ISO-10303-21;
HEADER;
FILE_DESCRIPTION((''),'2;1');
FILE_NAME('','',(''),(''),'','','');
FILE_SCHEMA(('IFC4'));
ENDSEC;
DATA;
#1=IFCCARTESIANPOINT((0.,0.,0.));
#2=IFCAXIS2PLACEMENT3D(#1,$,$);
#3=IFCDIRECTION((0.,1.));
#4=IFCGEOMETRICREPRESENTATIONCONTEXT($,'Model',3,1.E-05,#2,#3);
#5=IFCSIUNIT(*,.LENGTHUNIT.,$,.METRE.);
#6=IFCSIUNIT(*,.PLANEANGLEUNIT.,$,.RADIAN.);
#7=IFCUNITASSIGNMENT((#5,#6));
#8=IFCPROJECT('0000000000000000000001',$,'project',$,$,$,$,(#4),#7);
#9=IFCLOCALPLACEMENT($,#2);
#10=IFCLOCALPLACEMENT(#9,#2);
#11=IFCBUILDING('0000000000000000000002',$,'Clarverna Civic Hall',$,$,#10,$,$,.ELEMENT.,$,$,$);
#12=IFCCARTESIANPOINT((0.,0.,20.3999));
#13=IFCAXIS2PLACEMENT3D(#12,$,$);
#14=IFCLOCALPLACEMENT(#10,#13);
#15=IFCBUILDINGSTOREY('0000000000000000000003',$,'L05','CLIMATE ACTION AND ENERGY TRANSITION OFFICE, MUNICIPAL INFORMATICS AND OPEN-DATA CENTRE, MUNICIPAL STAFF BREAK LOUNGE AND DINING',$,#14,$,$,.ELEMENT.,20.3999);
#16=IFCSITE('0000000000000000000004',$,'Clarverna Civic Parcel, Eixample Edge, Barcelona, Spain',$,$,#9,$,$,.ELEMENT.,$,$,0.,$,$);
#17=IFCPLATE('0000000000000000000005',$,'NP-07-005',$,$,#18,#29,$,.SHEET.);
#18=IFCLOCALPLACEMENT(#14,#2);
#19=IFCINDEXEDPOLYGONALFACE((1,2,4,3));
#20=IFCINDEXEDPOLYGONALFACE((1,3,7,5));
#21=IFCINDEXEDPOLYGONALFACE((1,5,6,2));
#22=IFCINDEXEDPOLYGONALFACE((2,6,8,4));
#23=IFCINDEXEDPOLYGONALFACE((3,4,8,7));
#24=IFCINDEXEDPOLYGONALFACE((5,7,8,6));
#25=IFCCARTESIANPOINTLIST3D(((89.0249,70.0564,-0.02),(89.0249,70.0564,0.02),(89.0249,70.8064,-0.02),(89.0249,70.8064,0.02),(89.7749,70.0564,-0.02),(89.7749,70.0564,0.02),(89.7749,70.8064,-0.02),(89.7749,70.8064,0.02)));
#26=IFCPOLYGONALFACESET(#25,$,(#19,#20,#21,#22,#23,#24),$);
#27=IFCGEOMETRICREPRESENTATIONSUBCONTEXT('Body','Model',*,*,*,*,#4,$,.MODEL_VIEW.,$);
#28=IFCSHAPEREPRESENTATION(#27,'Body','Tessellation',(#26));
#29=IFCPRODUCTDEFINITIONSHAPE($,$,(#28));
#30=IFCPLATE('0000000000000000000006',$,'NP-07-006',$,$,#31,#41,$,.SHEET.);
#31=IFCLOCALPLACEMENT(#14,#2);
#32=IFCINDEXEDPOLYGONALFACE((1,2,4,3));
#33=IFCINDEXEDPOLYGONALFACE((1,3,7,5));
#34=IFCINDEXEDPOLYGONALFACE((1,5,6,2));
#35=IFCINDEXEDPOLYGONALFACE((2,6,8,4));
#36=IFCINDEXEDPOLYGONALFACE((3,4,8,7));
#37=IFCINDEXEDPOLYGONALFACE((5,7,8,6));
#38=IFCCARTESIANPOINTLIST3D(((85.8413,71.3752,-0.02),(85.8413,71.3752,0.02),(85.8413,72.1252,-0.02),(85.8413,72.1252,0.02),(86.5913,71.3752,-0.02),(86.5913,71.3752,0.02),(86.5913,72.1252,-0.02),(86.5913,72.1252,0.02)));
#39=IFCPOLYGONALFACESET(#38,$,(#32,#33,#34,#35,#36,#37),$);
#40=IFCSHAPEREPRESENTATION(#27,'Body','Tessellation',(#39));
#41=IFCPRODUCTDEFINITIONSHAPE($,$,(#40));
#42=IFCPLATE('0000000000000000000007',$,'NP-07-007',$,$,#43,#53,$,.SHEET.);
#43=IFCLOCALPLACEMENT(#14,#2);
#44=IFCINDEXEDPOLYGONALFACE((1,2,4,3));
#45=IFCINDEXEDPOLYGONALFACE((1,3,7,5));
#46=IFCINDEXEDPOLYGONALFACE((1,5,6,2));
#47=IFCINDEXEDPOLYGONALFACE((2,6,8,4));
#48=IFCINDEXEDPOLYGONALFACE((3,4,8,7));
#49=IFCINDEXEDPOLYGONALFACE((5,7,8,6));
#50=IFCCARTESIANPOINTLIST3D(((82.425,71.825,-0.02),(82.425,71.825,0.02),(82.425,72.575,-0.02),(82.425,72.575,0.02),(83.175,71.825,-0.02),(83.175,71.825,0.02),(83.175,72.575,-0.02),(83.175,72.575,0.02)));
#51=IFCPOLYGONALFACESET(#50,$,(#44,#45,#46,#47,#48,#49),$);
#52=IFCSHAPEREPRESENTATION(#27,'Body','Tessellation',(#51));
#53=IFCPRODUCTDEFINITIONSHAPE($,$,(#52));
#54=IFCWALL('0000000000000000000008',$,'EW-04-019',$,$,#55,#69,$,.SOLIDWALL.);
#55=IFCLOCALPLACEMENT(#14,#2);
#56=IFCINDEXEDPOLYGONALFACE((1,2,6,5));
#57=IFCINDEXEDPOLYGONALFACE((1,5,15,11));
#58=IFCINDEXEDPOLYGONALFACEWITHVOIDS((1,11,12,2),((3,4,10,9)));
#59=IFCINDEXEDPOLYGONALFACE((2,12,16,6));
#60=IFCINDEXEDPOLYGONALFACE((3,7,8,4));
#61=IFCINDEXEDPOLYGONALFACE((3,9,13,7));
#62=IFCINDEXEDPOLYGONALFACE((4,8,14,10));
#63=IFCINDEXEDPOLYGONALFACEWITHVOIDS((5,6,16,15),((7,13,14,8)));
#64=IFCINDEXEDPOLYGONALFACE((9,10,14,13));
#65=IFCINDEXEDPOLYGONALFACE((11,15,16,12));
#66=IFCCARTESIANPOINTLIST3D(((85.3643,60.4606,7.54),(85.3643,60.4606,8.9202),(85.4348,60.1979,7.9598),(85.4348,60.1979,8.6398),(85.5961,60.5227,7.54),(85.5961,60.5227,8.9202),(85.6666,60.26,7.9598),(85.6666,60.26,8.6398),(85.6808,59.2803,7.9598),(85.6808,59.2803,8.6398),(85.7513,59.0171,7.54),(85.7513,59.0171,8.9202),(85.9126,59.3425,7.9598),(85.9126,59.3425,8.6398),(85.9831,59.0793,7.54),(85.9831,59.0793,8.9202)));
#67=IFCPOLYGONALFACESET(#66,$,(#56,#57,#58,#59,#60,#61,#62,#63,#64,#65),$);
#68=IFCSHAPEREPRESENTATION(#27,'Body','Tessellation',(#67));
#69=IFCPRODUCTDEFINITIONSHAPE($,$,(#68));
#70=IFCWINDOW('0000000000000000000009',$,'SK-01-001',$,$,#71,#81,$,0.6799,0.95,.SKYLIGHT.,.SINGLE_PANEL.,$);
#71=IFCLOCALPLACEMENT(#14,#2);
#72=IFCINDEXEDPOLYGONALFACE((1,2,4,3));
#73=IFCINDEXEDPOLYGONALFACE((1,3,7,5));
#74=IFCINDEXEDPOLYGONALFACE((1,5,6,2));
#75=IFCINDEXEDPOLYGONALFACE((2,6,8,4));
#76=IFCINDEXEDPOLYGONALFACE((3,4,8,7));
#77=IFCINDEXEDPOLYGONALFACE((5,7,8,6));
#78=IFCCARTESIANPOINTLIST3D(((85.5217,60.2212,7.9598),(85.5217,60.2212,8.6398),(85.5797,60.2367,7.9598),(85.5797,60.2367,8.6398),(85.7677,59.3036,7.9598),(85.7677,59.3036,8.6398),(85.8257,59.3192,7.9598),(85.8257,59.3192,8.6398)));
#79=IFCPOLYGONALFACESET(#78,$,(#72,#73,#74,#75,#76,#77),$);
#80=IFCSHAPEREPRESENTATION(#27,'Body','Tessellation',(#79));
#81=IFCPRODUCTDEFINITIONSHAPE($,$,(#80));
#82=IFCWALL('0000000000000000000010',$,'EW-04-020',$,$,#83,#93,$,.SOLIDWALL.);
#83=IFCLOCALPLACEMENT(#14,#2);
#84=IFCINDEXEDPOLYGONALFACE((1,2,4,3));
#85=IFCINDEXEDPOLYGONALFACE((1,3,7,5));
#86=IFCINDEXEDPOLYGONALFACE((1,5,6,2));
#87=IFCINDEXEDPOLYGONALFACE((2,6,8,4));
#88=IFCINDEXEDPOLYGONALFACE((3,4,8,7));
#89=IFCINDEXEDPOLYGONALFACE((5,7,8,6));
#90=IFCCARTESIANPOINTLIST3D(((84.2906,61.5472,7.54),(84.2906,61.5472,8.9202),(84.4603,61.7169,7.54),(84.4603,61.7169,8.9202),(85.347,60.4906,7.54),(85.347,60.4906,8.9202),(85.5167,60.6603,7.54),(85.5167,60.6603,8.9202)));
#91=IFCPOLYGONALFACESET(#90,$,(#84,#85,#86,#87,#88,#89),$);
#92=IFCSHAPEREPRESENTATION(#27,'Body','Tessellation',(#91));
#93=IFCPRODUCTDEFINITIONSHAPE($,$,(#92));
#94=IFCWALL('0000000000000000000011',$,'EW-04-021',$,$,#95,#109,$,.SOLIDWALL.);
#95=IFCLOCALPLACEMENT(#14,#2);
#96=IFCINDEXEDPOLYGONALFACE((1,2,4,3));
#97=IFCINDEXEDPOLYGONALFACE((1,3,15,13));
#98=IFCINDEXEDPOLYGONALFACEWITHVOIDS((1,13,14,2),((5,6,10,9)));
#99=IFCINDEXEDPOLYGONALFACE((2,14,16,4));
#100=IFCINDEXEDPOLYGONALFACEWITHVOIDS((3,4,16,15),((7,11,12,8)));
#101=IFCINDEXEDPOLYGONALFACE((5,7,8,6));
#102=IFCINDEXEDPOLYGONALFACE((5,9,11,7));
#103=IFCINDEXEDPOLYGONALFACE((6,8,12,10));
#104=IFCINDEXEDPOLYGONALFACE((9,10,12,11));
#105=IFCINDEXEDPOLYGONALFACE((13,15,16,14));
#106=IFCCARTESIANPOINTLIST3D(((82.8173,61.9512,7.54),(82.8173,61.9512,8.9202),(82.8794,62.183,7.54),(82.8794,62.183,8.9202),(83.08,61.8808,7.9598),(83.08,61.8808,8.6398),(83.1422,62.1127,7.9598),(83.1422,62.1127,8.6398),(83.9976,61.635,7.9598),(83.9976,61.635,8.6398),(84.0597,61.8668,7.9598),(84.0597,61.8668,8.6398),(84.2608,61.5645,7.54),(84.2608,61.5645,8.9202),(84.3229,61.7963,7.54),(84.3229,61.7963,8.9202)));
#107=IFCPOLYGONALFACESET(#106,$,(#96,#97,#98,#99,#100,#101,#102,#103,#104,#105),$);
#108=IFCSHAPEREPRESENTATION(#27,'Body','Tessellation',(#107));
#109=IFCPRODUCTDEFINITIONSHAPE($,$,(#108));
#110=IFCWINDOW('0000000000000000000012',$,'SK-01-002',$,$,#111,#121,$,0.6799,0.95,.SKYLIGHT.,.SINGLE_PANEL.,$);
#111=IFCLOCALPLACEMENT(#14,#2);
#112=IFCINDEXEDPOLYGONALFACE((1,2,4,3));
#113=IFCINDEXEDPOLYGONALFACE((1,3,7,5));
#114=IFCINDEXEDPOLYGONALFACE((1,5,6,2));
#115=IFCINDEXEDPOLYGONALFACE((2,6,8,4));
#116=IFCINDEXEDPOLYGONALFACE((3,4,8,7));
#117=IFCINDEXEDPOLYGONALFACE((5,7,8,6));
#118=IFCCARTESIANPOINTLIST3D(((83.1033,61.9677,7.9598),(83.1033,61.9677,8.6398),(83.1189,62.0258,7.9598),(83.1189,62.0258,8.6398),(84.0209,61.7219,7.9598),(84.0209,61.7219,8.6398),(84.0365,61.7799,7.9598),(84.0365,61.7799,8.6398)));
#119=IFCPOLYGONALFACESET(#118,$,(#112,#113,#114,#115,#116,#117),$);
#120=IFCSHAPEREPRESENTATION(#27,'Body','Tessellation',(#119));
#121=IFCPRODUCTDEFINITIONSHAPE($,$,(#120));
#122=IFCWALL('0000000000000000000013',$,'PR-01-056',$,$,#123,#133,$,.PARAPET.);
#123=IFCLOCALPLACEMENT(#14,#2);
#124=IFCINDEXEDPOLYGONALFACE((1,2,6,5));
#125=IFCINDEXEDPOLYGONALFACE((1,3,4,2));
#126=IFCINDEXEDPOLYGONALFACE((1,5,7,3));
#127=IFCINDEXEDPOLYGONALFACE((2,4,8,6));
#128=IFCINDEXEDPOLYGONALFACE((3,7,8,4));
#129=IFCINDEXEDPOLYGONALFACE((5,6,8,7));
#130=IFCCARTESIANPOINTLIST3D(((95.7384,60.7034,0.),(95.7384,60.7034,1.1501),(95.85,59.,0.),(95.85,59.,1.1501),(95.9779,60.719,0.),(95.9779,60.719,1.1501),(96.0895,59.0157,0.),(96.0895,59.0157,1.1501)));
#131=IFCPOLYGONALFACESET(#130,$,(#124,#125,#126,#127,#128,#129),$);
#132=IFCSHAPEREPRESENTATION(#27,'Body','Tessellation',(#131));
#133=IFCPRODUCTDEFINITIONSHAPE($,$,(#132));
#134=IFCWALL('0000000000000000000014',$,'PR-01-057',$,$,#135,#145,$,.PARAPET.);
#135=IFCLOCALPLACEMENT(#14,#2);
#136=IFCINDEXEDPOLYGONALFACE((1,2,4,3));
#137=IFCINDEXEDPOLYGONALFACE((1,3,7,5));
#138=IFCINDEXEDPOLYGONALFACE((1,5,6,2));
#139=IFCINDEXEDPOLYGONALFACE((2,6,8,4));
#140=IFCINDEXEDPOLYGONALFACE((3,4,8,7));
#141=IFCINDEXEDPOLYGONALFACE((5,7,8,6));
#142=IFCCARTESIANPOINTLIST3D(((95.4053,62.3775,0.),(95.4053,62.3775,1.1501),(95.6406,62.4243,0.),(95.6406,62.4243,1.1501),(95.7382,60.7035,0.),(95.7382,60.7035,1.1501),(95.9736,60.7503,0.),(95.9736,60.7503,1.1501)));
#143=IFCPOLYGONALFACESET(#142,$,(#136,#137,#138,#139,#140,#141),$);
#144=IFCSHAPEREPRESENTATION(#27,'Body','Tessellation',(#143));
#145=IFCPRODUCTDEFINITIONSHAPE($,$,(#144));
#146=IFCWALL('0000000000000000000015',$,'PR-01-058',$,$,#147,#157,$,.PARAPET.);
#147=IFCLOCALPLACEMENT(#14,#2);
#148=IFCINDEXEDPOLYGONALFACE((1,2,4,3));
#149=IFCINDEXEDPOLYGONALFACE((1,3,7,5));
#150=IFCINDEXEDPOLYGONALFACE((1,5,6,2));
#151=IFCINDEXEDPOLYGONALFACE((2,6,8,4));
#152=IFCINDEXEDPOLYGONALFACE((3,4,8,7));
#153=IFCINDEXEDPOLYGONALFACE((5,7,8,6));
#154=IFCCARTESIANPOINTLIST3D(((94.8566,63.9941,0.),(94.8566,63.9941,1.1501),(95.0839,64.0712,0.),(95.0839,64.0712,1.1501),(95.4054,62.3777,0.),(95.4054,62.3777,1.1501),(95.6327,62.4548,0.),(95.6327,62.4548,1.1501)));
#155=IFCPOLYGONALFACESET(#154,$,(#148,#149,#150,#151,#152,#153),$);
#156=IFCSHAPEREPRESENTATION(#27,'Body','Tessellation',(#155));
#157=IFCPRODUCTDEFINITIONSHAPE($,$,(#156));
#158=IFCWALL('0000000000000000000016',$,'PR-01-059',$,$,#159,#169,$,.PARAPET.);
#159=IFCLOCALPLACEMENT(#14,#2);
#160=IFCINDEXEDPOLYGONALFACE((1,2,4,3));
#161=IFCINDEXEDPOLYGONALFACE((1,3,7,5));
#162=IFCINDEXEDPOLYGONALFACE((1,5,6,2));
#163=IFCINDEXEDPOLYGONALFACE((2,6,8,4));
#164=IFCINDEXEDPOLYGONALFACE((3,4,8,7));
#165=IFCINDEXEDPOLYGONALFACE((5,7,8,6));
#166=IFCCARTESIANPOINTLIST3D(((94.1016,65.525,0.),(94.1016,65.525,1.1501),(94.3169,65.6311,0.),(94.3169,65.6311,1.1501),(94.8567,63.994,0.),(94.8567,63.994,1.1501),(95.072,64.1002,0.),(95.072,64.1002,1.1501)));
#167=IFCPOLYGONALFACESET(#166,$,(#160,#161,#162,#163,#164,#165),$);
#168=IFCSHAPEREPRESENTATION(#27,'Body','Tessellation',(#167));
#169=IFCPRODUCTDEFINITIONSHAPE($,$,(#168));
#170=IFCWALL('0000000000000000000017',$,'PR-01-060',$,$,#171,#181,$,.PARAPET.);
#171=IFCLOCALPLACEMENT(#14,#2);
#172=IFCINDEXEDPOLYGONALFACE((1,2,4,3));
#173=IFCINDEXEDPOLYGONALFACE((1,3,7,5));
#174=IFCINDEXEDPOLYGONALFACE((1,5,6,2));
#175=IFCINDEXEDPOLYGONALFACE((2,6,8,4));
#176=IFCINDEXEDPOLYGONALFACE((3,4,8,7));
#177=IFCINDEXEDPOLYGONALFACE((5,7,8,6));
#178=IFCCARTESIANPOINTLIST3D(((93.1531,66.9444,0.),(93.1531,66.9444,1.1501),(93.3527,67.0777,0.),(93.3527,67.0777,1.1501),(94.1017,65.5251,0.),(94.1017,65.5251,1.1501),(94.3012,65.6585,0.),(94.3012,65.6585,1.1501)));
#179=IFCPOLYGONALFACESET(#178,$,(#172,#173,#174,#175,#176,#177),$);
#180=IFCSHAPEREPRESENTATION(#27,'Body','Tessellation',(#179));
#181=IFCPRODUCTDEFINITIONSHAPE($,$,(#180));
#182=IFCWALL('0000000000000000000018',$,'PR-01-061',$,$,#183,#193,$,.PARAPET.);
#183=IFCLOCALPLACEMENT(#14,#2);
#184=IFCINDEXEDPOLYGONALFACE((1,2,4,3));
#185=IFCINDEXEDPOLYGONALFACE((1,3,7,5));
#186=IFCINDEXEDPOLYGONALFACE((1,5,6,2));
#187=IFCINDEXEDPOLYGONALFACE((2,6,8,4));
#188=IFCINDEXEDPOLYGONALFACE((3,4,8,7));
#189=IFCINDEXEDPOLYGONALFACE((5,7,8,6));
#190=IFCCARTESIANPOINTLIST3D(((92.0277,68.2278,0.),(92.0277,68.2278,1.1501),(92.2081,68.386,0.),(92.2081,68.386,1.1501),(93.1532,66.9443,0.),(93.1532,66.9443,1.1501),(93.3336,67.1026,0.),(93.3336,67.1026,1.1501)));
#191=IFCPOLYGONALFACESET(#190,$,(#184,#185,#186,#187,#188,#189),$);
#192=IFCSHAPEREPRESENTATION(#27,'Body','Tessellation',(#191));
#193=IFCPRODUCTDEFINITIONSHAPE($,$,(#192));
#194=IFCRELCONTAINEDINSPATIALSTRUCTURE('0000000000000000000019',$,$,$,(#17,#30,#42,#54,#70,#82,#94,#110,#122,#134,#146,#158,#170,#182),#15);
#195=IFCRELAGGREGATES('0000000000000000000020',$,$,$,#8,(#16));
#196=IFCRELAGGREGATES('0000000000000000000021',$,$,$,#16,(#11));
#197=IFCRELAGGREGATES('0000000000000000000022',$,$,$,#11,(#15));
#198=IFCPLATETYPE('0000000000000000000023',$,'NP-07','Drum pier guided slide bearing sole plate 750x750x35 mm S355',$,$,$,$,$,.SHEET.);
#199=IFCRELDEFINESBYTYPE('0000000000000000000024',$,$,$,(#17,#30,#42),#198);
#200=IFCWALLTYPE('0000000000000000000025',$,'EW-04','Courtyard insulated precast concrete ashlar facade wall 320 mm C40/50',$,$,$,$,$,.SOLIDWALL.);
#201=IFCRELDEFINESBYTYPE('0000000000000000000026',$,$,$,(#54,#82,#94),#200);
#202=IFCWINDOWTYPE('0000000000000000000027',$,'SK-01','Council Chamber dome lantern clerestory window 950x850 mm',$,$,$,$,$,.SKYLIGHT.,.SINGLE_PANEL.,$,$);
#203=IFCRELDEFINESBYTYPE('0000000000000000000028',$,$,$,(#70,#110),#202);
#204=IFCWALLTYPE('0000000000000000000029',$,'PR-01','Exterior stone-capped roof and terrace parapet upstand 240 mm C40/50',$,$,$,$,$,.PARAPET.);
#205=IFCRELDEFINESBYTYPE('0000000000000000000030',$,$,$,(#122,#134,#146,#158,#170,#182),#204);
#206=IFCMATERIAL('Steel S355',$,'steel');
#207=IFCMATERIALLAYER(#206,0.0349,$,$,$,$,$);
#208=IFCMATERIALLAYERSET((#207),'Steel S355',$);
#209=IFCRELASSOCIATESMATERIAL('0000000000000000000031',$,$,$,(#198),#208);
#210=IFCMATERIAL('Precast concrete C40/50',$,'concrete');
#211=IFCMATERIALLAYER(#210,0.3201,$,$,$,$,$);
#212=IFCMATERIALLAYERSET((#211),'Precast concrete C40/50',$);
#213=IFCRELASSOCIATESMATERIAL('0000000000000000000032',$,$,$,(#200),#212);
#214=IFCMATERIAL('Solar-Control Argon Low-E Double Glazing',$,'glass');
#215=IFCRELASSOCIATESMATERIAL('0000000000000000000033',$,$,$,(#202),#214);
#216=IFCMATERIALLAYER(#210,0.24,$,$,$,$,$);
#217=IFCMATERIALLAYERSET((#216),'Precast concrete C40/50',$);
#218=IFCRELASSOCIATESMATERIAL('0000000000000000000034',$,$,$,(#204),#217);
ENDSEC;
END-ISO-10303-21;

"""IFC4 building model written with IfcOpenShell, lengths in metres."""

from ifc_helpers import new_model, si_unit, direction, frame, frame_2d, origin, origin_2d, place, context, subcontext, project, spatial, rectangle, extrude, material, layer, layer_set, type_object, element, fill, save


model = new_model("IFC4")

# Units and contexts
model_context = context("Model", 3, precision=1e-05, world=origin(), true_north=direction((0.0, 1.0)))
body_context = subcontext(model_context, "Body", "Model", "MODEL_VIEW")
ifc_project = project(units=[si_unit("LENGTHUNIT", "METRE"), si_unit("PLANEANGLEUNIT", "RADIAN")], contexts=[model_context])

# Site, building, storey
site_placement = place(None, origin())
site = spatial("IfcSite", under=ifc_project, at=site_placement, Name="Clarverna Civic Parcel, Eixample Edge, Barcelona, Spain", CompositionType="ELEMENT", RefElevation=0.0)
building_placement = place(site_placement, origin())
building = spatial("IfcBuilding", under=site, at=building_placement, Name="Clarverna Civic Hall", CompositionType="ELEMENT")
storey_placement = place(building_placement, frame((0.0, 0.0, 20.3999)))
storey = spatial("IfcBuildingStorey", under=building, at=storey_placement, Name="L05", Description="CLIMATE ACTION AND ENERGY TRANSITION OFFICE, MUNICIPAL INFORMATICS AND OPEN-DATA CENTRE, MUNICIPAL STAFF BREAK LOUNGE AND DINING", CompositionType="ELEMENT", Elevation=20.3999)

# Shared definitions
ifc_material_1 = material(Name="Steel S355", Category="steel")

# Plates
ifc_layer_1 = layer(ifc_material_1, 0.0349)
ifc_layer_set_1 = layer_set([ifc_layer_1], Name="Steel S355")
plate_type_1 = type_object("IfcPlateType", Name="NP-07", Description="Drum pier guided slide bearing sole plate 750x750x35 mm S355", PredefinedType="SHEET", material=ifc_layer_set_1)
for number, where, z_axis, x_axis, name in (
    (1, (89.3999, 70.4314, -0.02), (0.0, 0.0, 1.0), (1.0, 0.0, 0.0), "NP-07-005"),
    (2, (86.2163, 71.7502, -0.02), (0.0, 0.0, 1.0), (1.0, 0.0, 0.0), "NP-07-006"),
    (3, (82.8, 72.2, -0.02), (0.0, 0.0, 1.0), (1.0, 0.0, 0.0), "NP-07-007"),
):
    element("IfcPlate", number, at=place(storey_placement, frame(where, z_axis=z_axis, x_axis=x_axis)), inside=storey, type_object=plate_type_1, Name=name, PredefinedType="SHEET", context=body_context, shape_type="SweptSolid", body=[
        extrude(rectangle(XDim=0.75, YDim=0.75, at=origin_2d()), origin(), (0.0, 0.0, 1.0), 0.04),
    ])

# Wall, opening, window
ifc_material_2 = material(Name="Precast concrete C40/50", Category="concrete")
ifc_layer_2 = layer(ifc_material_2, 0.3201)
ifc_layer_set_2 = layer_set([ifc_layer_2], Name="Precast concrete C40/50")
wall_type_1 = type_object("IfcWallType", Name="EW-04", Description="Courtyard insulated precast concrete ashlar facade wall 320 mm C40/50", PredefinedType="SOLIDWALL", material=ifc_layer_set_2)
wall_1_placement = place(storey_placement, frame((85.8672, 59.0483, 7.54), z_axis=(0.0, 0.0, 1.0), x_axis=(-0.258954, 0.96589, 0.0)))
wall_1 = element("IfcWall", 4, at=wall_1_placement, inside=storey, type_object=wall_type_1, Name="EW-04-019", PredefinedType="SOLIDWALL", context=body_context, shape_type="SweptSolid", body=[
    extrude(rectangle(XDim=1.4944, YDim=0.24, at=frame_2d((0.7471, 0.0))), origin(), (0.0, 0.0, 1.0), 1.3801),
])
opening_1_placement = place(wall_1_placement, frame((0.2722, 0.0, 0.4199)))
opening_1 = element("IfcOpeningElement", 5, at=opening_1_placement, cuts=wall_1, PredefinedType="OPENING", context=body_context, shape_type="SweptSolid", body=[
    extrude(rectangle(XDim=0.95, YDim=0.6799, at=frame_2d((0.4751, 0.3398))), frame((0.0, 0.1299, 0.0), z_axis=(0.0, -1.0, 0.0), x_axis=(1.0, 0.0, 0.0)), (0.0, 0.0, 1.0), 0.26),
])
ifc_material_3 = material(Name="Solar-Control Argon Low-E Double Glazing", Category="glass")
window_type = type_object("IfcWindowType", Name="SK-01", Description="Council Chamber dome lantern clerestory window 950x850 mm", PartitioningType="SINGLE_PANEL", PredefinedType="SKYLIGHT", material=ifc_material_3)
window_1_placement = place(opening_1_placement, origin())
window_1 = element("IfcWindow", 6, at=window_1_placement, inside=storey, type_object=window_type, Name="SK-01-001", OverallHeight=0.6799, OverallWidth=0.95, PartitioningType="SINGLE_PANEL", PredefinedType="SKYLIGHT", context=body_context, shape_type="SweptSolid", body=[
    extrude(rectangle(XDim=0.95, YDim=0.6799, at=frame_2d((0.4751, 0.3398))), frame((0.0, 0.03, 0.0), z_axis=(0.0, -1.0, 0.0), x_axis=(1.0, 0.0, 0.0)), (0.0, 0.0, 1.0), 0.0601),
])
fill(opening_1, window_1)

# Wall
wall_2_placement = place(storey_placement, frame((85.4319, 60.5754, 7.54), z_axis=(0.0, 0.0, 1.0), x_axis=(-0.707025, 0.707188, 0.0)))
element("IfcWall", 7, at=wall_2_placement, inside=storey, type_object=wall_type_1, Name="EW-04-020", PredefinedType="SOLIDWALL", context=body_context, shape_type="SweptSolid", body=[
    extrude(rectangle(XDim=1.4941, YDim=0.24, at=frame_2d((0.7471, 0.0))), origin(), (0.0, 0.0, 1.0), 1.3801),
])

# Wall, opening, window
wall_3_placement = place(storey_placement, frame((84.2917, 61.6804, 7.54), z_axis=(0.0, 0.0, 1.0), x_axis=(-0.965931, 0.258801, 0.0)))
wall_3 = element("IfcWall", 8, at=wall_3_placement, inside=storey, type_object=wall_type_1, Name="EW-04-021", PredefinedType="SOLIDWALL", context=body_context, shape_type="SweptSolid", body=[
    extrude(rectangle(XDim=1.4944, YDim=0.24, at=frame_2d((0.7471, 0.0))), origin(), (0.0, 0.0, 1.0), 1.3801),
])
opening_2_placement = place(wall_3_placement, frame((0.2722, 0.0, 0.4199)))
opening_2 = element("IfcOpeningElement", 9, at=opening_2_placement, cuts=wall_3, PredefinedType="OPENING", context=body_context, shape_type="SweptSolid", body=[
    extrude(rectangle(XDim=0.95, YDim=0.6799, at=frame_2d((0.4751, 0.3398))), frame((0.0, 0.1299, 0.0), z_axis=(0.0, -1.0, 0.0), x_axis=(1.0, 0.0, 0.0)), (0.0, 0.0, 1.0), 0.26),
])
window_2_placement = place(opening_2_placement, origin())
window_2 = element("IfcWindow", 10, at=window_2_placement, inside=storey, type_object=window_type, Name="SK-01-002", OverallHeight=0.6799, OverallWidth=0.95, PartitioningType="SINGLE_PANEL", PredefinedType="SKYLIGHT", context=body_context, shape_type="SweptSolid", body=[
    extrude(rectangle(XDim=0.95, YDim=0.6799, at=frame_2d((0.4751, 0.3398))), frame((0.0, 0.03, 0.0), z_axis=(0.0, -1.0, 0.0), x_axis=(1.0, 0.0, 0.0)), (0.0, 0.0, 1.0), 0.0601),
])
fill(opening_2, window_2)

# Walls
ifc_layer_3 = layer(ifc_material_2, 0.24)
ifc_layer_set_3 = layer_set([ifc_layer_3], Name="Precast concrete C40/50")
wall_type_2 = type_object("IfcWallType", Name="PR-01", Description="Exterior stone-capped roof and terrace parapet upstand 240 mm C40/50", PredefinedType="PARAPET", material=ifc_layer_set_3)
wall_4_placement = place(storey_placement, frame((95.9697, 59.0078, 0.0), z_axis=(0.0, 0.0, 1.0), x_axis=(-0.065361, 0.997862, 0.0)))
element("IfcWall", 11, at=wall_4_placement, inside=storey, type_object=wall_type_2, Name="PR-01-056", PredefinedType="PARAPET", context=body_context, shape_type="SweptSolid", body=[
    extrude(rectangle(XDim=1.707, YDim=0.24, at=frame_2d((0.8535, 0.0))), origin(), (0.0, 0.0, 1.0), 1.1501),
])
wall_5_placement = place(storey_placement, frame((95.856, 60.7268, 0.0), z_axis=(0.0, 0.0, 1.0), x_axis=(-0.195098, 0.980784, 0.0)))
element("IfcWall", 12, at=wall_5_placement, inside=storey, type_object=wall_type_2, Name="PR-01-057", PredefinedType="PARAPET", context=body_context, shape_type="SweptSolid", body=[
    extrude(rectangle(XDim=1.7068, YDim=0.24, at=frame_2d((0.8535, 0.0))), origin(), (0.0, 0.0, 1.0), 1.1501),
])
for number, where, z_axis, x_axis, name in (
    (13, (95.519, 62.4163, 0.0), (0.0, 0.0, 1.0), (-0.3215, 0.94691, 0.0), "PR-01-058"),
    (14, (94.9644, 64.0471, 0.0), (0.0, 0.0, 1.0), (-0.442344, 0.896845, 0.0), "PR-01-059"),
    (15, (94.2014, 65.5918, 0.0), (0.0, 0.0, 1.0), (-0.555657, 0.831412, 0.0), "PR-01-060"),
    (16, (93.2434, 67.0234, 0.0), (0.0, 0.0, 1.0), (-0.659324, 0.751859, 0.0), "PR-01-061"),
):
    element("IfcWall", number, at=place(storey_placement, frame(where, z_axis=z_axis, x_axis=x_axis)), inside=storey, type_object=wall_type_2, Name=name, PredefinedType="PARAPET", context=body_context, shape_type="SweptSolid", body=[
        extrude(rectangle(XDim=1.707, YDim=0.24, at=frame_2d((0.8535, 0.0))), origin(), (0.0, 0.0, 1.0), 1.1501),
    ])

save(model, "model.ifc")
